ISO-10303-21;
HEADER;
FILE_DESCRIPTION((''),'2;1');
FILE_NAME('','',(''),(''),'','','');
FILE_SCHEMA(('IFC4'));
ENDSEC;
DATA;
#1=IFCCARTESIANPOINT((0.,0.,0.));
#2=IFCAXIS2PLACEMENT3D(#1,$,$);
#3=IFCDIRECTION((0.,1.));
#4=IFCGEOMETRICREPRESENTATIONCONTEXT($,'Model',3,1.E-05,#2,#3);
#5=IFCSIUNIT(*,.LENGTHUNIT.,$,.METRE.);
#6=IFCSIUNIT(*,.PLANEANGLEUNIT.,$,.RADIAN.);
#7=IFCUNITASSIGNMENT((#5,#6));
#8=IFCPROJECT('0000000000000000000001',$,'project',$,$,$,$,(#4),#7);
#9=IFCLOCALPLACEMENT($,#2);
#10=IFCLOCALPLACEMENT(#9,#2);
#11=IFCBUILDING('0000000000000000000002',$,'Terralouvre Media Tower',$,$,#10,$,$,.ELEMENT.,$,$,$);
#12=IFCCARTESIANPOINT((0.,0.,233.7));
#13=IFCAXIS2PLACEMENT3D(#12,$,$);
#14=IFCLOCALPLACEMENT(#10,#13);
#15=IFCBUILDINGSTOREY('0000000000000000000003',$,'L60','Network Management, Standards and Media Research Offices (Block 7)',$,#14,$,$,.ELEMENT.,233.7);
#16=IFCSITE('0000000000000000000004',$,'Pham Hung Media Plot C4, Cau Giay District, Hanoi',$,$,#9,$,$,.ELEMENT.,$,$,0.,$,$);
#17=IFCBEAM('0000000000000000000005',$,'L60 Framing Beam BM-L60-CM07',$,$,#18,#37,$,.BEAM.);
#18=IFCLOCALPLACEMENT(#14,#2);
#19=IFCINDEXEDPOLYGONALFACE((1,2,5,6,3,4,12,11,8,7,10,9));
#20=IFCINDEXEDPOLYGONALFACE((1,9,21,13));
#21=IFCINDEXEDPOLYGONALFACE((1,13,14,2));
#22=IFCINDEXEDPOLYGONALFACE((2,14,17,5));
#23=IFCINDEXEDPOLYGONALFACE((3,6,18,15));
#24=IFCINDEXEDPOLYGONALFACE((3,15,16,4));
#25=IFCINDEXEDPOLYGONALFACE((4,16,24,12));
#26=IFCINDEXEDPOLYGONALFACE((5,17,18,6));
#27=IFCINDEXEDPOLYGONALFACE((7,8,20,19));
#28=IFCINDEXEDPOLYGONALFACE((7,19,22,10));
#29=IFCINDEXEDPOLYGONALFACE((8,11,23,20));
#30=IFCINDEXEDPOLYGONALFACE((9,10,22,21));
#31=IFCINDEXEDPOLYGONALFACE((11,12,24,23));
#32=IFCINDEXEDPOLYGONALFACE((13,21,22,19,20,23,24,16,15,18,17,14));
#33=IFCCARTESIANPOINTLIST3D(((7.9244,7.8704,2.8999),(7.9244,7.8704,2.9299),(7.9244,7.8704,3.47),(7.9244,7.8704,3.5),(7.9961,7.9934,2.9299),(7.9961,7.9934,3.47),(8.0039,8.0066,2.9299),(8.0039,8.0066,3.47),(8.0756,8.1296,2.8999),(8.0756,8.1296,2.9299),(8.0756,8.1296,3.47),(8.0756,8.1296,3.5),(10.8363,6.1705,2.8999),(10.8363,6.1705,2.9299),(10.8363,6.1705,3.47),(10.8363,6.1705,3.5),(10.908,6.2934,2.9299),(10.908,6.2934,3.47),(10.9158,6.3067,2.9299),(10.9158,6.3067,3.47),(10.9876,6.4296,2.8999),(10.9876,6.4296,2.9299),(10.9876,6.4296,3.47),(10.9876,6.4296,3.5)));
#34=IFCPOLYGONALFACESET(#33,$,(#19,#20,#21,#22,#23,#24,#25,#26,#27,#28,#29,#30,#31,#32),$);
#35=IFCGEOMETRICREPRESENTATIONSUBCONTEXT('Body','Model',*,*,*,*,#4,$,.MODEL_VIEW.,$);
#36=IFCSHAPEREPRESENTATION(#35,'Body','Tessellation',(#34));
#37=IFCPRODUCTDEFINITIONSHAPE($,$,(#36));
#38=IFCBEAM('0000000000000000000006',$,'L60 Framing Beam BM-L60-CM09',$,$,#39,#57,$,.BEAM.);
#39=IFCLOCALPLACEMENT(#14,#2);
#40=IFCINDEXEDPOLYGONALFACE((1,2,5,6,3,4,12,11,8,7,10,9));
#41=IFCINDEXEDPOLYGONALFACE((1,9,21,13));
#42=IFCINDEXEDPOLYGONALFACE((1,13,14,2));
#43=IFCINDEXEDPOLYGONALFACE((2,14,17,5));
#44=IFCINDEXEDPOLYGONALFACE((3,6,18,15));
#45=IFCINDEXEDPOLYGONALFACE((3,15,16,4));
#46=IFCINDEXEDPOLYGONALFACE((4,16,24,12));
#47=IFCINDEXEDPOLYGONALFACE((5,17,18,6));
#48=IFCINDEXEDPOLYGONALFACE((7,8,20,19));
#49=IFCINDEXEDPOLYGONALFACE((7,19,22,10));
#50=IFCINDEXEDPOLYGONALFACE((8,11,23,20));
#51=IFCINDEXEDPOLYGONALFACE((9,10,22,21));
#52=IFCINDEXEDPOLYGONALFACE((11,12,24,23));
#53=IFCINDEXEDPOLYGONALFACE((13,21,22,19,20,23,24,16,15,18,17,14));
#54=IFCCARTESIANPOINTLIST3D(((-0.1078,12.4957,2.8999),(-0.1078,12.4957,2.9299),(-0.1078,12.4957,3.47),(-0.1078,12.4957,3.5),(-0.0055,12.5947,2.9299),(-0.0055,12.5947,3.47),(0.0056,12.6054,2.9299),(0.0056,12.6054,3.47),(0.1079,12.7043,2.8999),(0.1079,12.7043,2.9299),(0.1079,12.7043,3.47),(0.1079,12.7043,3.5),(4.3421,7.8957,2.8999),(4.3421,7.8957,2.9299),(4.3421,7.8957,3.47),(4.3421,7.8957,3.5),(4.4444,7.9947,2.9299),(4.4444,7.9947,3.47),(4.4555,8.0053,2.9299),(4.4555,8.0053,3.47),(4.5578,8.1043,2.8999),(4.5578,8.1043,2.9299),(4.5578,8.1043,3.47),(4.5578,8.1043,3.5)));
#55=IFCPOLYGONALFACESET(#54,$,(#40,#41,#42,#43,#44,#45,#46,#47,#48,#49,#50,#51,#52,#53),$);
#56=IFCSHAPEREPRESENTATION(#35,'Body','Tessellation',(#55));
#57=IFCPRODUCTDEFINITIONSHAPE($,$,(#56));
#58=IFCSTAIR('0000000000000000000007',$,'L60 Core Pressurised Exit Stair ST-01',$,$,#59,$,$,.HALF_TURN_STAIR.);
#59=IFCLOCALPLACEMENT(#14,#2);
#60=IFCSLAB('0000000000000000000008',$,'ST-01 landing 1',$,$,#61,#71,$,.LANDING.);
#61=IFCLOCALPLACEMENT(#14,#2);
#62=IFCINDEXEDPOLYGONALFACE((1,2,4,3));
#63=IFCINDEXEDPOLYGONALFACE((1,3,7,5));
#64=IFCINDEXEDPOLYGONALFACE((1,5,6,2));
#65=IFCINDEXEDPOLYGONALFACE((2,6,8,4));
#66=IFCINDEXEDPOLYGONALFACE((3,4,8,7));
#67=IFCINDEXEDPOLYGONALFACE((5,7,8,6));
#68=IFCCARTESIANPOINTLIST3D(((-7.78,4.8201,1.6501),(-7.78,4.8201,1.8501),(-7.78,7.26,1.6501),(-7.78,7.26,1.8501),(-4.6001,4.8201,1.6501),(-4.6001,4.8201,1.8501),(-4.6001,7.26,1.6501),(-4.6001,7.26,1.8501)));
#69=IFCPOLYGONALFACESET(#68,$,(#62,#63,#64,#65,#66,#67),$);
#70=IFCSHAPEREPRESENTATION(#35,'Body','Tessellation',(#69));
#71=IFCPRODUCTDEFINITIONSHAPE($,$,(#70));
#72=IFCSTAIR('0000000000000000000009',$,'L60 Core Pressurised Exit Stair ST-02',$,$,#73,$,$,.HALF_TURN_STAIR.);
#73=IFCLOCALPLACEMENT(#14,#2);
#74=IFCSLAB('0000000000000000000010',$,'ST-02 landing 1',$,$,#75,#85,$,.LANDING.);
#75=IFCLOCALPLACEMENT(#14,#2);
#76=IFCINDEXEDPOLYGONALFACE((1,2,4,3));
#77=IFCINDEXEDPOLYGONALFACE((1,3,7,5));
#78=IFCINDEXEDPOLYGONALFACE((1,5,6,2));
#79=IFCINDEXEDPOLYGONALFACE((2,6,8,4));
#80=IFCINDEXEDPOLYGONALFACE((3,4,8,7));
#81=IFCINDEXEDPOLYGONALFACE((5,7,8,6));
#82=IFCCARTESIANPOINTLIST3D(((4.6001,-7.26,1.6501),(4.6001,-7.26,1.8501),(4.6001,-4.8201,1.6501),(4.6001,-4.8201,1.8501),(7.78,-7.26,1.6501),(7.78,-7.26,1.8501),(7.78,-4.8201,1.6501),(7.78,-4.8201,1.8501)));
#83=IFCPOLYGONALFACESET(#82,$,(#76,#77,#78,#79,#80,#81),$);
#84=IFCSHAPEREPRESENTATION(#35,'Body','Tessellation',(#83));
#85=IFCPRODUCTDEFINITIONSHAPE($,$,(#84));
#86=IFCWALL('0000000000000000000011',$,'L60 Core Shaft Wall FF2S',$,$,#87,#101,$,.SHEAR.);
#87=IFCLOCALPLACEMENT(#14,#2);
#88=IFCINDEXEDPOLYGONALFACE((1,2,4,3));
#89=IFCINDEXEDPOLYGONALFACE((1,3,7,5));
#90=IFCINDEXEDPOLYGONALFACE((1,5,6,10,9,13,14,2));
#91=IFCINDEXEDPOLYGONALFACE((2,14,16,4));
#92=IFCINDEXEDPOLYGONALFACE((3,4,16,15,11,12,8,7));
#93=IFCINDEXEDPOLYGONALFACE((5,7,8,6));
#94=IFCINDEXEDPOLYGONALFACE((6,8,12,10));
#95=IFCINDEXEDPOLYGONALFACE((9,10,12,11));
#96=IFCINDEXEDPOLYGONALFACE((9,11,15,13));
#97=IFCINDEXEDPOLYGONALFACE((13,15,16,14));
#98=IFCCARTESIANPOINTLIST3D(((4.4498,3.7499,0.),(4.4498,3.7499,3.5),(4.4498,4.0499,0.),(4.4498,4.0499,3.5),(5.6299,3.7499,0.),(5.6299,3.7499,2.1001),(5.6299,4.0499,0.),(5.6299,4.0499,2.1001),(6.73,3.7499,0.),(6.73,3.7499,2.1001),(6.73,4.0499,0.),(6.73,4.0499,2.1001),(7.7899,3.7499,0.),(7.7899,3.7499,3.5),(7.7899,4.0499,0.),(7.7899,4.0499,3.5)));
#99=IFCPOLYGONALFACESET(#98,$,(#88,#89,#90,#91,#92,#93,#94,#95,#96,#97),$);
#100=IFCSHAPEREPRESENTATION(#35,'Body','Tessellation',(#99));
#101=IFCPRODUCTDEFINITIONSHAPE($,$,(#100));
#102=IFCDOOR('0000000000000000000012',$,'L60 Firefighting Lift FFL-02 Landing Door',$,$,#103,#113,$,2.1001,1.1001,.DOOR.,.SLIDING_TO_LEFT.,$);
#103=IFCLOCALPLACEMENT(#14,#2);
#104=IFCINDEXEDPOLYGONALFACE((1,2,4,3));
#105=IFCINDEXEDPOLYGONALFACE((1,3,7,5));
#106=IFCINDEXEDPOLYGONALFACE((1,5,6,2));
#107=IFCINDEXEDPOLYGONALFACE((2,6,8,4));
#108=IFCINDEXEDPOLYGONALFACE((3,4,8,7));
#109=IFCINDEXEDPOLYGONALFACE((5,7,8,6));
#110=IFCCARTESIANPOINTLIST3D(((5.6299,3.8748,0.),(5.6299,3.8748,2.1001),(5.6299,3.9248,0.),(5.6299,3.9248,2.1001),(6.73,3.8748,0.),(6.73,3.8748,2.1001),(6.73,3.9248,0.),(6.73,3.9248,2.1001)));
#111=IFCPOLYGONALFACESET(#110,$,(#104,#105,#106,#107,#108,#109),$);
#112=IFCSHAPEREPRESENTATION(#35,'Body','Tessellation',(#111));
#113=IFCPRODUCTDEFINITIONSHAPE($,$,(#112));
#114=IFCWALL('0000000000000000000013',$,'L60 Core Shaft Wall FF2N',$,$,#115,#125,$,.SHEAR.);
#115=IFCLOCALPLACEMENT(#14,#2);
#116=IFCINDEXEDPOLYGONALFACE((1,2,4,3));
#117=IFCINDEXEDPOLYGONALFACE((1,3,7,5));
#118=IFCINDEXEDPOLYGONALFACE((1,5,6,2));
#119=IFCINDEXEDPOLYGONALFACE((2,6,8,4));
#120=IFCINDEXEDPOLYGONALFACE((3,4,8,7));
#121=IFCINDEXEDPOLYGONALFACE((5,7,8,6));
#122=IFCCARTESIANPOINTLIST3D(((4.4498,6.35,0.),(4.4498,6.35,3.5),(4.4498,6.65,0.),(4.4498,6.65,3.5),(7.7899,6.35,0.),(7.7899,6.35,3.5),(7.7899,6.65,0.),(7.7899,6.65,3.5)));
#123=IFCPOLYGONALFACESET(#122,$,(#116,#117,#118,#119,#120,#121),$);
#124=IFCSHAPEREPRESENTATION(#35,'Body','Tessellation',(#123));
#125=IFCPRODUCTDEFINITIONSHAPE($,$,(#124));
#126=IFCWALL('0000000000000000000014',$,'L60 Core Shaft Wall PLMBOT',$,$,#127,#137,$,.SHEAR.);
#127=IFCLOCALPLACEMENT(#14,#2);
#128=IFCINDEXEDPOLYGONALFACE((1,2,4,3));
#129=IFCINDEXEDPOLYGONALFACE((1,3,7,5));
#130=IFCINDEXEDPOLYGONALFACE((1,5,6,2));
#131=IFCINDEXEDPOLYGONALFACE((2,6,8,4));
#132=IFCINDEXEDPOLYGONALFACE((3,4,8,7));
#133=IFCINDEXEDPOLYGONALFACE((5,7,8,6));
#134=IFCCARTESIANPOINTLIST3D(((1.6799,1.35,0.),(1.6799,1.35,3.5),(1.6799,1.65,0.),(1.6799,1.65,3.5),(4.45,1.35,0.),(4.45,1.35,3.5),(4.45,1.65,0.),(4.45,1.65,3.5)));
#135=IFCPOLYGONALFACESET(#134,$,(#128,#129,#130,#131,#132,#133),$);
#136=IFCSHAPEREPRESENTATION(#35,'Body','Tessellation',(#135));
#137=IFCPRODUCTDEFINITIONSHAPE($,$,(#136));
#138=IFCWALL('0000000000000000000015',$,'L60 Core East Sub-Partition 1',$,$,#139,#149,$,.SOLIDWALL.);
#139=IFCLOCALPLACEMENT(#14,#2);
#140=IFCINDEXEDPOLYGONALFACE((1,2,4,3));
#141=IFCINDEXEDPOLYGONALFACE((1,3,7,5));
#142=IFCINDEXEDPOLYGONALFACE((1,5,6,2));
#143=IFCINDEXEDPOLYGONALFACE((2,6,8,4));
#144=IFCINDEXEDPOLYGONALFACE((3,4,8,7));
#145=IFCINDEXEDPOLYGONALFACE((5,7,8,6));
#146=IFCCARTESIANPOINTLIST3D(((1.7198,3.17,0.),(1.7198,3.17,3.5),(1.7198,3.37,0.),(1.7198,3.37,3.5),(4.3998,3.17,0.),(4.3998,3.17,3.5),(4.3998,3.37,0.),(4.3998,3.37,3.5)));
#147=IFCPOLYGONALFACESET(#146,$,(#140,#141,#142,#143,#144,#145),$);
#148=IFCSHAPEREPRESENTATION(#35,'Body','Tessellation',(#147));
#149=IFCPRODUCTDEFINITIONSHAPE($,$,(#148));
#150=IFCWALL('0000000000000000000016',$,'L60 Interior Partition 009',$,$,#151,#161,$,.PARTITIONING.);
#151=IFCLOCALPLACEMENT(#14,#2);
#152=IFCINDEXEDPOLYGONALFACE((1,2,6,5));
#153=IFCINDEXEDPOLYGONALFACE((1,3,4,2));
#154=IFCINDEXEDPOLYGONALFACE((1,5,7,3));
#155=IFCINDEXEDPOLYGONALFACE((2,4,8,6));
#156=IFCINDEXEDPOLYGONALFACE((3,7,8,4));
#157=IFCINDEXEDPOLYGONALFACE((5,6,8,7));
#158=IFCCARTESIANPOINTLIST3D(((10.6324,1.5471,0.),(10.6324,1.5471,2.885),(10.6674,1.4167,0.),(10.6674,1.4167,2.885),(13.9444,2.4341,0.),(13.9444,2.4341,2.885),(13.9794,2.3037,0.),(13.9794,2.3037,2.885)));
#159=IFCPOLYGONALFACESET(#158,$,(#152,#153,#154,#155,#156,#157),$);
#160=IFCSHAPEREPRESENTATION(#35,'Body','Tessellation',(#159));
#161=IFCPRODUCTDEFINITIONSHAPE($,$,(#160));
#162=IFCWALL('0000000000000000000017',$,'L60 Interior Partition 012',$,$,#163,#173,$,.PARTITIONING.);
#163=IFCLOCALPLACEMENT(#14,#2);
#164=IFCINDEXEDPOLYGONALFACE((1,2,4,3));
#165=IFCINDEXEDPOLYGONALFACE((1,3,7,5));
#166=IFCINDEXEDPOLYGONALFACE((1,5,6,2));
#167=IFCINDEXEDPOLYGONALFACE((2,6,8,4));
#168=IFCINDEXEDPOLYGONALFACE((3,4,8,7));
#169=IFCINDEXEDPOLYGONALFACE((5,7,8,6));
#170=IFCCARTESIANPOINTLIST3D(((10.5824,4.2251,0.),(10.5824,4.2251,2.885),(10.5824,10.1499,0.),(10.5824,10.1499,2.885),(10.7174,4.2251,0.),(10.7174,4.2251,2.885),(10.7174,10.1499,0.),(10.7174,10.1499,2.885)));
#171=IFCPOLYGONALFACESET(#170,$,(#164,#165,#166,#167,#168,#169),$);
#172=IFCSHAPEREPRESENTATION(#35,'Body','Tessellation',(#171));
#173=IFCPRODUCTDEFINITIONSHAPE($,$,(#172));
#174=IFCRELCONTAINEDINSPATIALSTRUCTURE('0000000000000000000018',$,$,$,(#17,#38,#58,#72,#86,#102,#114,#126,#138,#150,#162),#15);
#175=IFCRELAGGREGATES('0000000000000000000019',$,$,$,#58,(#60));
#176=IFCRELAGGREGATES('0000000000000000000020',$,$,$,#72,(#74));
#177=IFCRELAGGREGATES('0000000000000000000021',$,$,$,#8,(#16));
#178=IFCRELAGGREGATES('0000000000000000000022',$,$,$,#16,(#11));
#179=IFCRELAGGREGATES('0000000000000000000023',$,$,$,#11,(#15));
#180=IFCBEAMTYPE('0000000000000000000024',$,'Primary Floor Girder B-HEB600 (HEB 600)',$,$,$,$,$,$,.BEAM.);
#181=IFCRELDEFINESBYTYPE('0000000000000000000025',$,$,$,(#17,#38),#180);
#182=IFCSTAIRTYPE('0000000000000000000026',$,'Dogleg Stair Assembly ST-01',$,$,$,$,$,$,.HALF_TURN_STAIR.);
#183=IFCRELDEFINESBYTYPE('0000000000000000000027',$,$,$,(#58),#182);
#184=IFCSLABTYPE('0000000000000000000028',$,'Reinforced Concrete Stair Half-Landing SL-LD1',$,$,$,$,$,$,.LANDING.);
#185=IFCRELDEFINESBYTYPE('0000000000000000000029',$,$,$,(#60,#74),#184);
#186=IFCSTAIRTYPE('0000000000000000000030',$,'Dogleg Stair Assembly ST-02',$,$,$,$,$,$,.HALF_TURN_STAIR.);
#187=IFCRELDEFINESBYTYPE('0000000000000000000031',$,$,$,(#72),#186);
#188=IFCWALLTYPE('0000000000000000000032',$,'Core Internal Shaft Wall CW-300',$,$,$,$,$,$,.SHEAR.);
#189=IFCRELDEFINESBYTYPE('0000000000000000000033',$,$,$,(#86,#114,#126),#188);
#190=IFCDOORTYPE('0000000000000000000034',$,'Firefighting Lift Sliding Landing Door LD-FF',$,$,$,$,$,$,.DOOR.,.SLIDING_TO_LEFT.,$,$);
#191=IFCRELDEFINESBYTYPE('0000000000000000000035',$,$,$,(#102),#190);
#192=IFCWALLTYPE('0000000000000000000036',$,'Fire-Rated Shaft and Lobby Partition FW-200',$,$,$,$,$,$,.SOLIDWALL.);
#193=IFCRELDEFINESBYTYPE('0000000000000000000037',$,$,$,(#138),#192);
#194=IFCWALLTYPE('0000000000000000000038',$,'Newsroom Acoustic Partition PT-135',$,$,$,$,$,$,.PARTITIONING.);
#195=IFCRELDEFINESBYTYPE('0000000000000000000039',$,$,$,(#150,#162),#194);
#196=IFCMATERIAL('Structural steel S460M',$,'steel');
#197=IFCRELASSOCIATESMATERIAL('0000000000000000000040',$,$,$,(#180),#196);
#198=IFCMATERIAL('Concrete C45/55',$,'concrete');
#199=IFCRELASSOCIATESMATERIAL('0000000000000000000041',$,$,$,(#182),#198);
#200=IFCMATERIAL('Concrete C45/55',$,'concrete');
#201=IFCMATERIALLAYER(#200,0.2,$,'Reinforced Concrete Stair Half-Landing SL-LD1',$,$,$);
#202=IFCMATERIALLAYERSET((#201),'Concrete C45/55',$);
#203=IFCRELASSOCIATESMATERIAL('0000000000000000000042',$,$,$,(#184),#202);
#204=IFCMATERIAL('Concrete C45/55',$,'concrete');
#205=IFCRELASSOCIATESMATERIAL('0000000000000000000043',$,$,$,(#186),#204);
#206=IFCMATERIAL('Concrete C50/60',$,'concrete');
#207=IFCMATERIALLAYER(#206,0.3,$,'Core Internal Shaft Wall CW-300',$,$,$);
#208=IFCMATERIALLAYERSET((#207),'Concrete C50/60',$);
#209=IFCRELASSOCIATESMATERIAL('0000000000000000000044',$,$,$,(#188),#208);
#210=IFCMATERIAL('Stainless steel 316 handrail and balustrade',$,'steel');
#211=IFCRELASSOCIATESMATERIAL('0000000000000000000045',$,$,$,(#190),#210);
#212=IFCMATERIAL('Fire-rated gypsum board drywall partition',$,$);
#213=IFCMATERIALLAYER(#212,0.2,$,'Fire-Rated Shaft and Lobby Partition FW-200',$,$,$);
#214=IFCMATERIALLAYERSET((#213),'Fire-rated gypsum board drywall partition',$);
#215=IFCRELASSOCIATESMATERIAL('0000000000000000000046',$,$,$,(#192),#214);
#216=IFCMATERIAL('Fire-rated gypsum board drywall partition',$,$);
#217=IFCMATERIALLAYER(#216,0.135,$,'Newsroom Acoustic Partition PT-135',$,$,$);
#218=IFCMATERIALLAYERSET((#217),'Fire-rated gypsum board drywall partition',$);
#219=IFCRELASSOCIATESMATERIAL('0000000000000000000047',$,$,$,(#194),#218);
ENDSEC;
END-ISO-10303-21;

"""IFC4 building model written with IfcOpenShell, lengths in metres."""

from ifc_helpers import new_model, si_unit, direction, frame, frame_2d, origin, origin_2d, place, context, subcontext, project, spatial, polyline, rectangle, i_section, outline, extrude, material, layer, layer_set, material_profile, profile_set, type_object, element, fill, aggregate, save


model = new_model("IFC4")

# Units and contexts
model_context = context("Model", 3, precision=1e-05, world=origin(), true_north=direction((0.0, 1.0)))
body_context = subcontext(model_context, "Body", "Model", "MODEL_VIEW")
ifc_project = project(units=[si_unit("LENGTHUNIT", "METRE"), si_unit("PLANEANGLEUNIT", "RADIAN")], contexts=[model_context])

# Site, building, storey
site_placement = place(None, origin())
site = spatial("IfcSite", under=ifc_project, at=site_placement, Name="Pham Hung Media Plot C4, Cau Giay District, Hanoi", CompositionType="ELEMENT", RefElevation=0.0)
building_placement = place(site_placement, origin())
building = spatial("IfcBuilding", under=site, at=building_placement, Name="Terralouvre Media Tower", CompositionType="ELEMENT")
storey_placement = place(building_placement, frame((0.0, 0.0, 233.7)))
storey = spatial("IfcBuildingStorey", under=building, at=storey_placement, Name="L60", Description="Network Management, Standards and Media Research Offices (Block 7)", CompositionType="ELEMENT", Elevation=233.7)

# Beams
ifc_material_1 = material(Name="Structural steel S460M", Category="steel")
ifc_material_profile_1 = material_profile(ifc_material_1, i_section(OverallWidth=0.3, OverallDepth=0.6001, WebThickness=0.0154, FlangeThickness=0.03, at=origin_2d()), Name="HEB 600")
ifc_profile_set_1 = profile_set([ifc_material_profile_1], Name="Structural steel S460M")
beam_type_1 = type_object("IfcBeamType", Name="Primary Floor Girder B-HEB600 (HEB 600)", PredefinedType="BEAM", material=ifc_profile_set_1)
beam_1_placement = place(storey_placement, frame((8.0, 8.0, 3.2), z_axis=(0.863603, -0.504173, 0.0), x_axis=(0.504173, 0.863603, 0.0)))
element("IfcBeam", 1, at=beam_1_placement, inside=storey, type_object=beam_type_1, Name="L60 Framing Beam BM-L60-CM07", PredefinedType="BEAM", context=body_context, shape_type="SweptSolid", body=[
    extrude(i_section(OverallWidth=0.3, OverallDepth=0.6001, WebThickness=0.0154, FlangeThickness=0.03, at=origin_2d()), origin(), (0.0, 0.0, 1.0), 3.3718),
])
beam_2_placement = place(storey_placement, frame((4.45, 8.0, 3.2), z_axis=(-0.69528, 0.718739, 0.0), x_axis=(-0.718739, -0.69528, 0.0)))
element("IfcBeam", 2, at=beam_2_placement, inside=storey, type_object=beam_type_1, Name="L60 Framing Beam BM-L60-CM09", PredefinedType="BEAM", context=body_context, shape_type="SweptSolid", body=[
    extrude(i_section(OverallWidth=0.3, OverallDepth=0.6001, WebThickness=0.0154, FlangeThickness=0.03, at=origin_2d()), origin(), (0.0, 0.0, 1.0), 6.4001),
])

# Stairs, slabs
ifc_material_2 = material(Name="Concrete C45/55", Category="concrete")
stair_type_1 = type_object("IfcStairType", Name="Dogleg Stair Assembly ST-01", PredefinedType="HALF_TURN_STAIR", material=ifc_material_2)
stair_1_placement = place(storey_placement, origin())
stair_1 = element("IfcStair", 3, at=stair_1_placement, inside=storey, type_object=stair_type_1, Name="L60 Core Pressurised Exit Stair ST-01", PredefinedType="HALF_TURN_STAIR")
ifc_material_3 = material(Name="Concrete C45/55", Category="concrete")
ifc_layer_1 = layer(ifc_material_3, 0.2, Name="Reinforced Concrete Stair Half-Landing SL-LD1")
ifc_layer_set_1 = layer_set([ifc_layer_1], Name="Concrete C45/55")
slab_type = type_object("IfcSlabType", Name="Reinforced Concrete Stair Half-Landing SL-LD1", PredefinedType="LANDING", material=ifc_layer_set_1)
slab_1_placement = place(storey_placement, frame((0.0, 0.0, 1.6501)))
slab_1 = element("IfcSlab", 4, at=slab_1_placement, type_object=slab_type, Name="ST-01 landing 1", PredefinedType="LANDING", context=body_context, shape_type="SweptSolid", body=[
    extrude(outline(polyline([(-4.6001, 4.8201), (-4.6001, 7.26), (-7.78, 7.26), (-7.78, 4.8201), (-4.6001, 4.8201)])), origin(), (0.0, 0.0, 1.0), 0.2),
])
aggregate(stair_1, [slab_1])
ifc_material_4 = material(Name="Concrete C45/55", Category="concrete")
stair_type_2 = type_object("IfcStairType", Name="Dogleg Stair Assembly ST-02", PredefinedType="HALF_TURN_STAIR", material=ifc_material_4)
stair_2_placement = place(storey_placement, origin())
stair_2 = element("IfcStair", 5, at=stair_2_placement, inside=storey, type_object=stair_type_2, Name="L60 Core Pressurised Exit Stair ST-02", PredefinedType="HALF_TURN_STAIR")
slab_2_placement = place(storey_placement, frame((0.0, 0.0, 1.6501)))
slab_2 = element("IfcSlab", 6, at=slab_2_placement, type_object=slab_type, Name="ST-02 landing 1", PredefinedType="LANDING", context=body_context, shape_type="SweptSolid", body=[
    extrude(outline(polyline([(4.6001, -4.8201), (4.6001, -7.26), (7.78, -7.26), (7.78, -4.8201), (4.6001, -4.8201)])), origin(), (0.0, 0.0, 1.0), 0.2),
])
aggregate(stair_2, [slab_2])

# Wall, opening, door
ifc_material_5 = material(Name="Concrete C50/60", Category="concrete")
ifc_layer_2 = layer(ifc_material_5, 0.3, Name="Core Internal Shaft Wall CW-300")
ifc_layer_set_2 = layer_set([ifc_layer_2], Name="Concrete C50/60")
wall_type_1 = type_object("IfcWallType", Name="Core Internal Shaft Wall CW-300", PredefinedType="SHEAR", material=ifc_layer_set_2)
wall_1_placement = place(storey_placement, frame((4.45, 3.8999, 0.0), z_axis=(0.0, 0.0, 1.0), x_axis=(1.0, 0.0, 0.0)))
wall_1 = element("IfcWall", 7, at=wall_1_placement, inside=storey, type_object=wall_type_1, Name="L60 Core Shaft Wall FF2S", PredefinedType="SHEAR", context=body_context, shape_type="SweptSolid", body=[
    extrude(rectangle(XDim=3.3401, YDim=0.3, at=frame_2d((1.6699, 0.0))), origin(), (0.0, 0.0, 1.0), 3.5),
])
opening_placement = place(wall_1_placement, frame((1.1799, 0.0, 0.0)))
opening = element("IfcOpeningElement", 8, at=opening_placement, cuts=wall_1, PredefinedType="OPENING", context=body_context, shape_type="SweptSolid", body=[
    extrude(rectangle(XDim=1.1001, YDim=2.1001, at=frame_2d((0.55, 1.05))), frame((0.0, 0.1599, 0.0), z_axis=(0.0, -1.0, 0.0), x_axis=(1.0, 0.0, 0.0)), (0.0, 0.0, 1.0), 0.3201),
])
ifc_material_6 = material(Name="Stainless steel 316 handrail and balustrade", Category="steel")
door_type = type_object("IfcDoorType", Name="Firefighting Lift Sliding Landing Door LD-FF", OperationType="SLIDING_TO_LEFT", PredefinedType="DOOR", material=ifc_material_6)
door_placement = place(opening_placement, origin())
door = element("IfcDoor", 9, at=door_placement, inside=storey, type_object=door_type, Name="L60 Firefighting Lift FFL-02 Landing Door", OperationType="SLIDING_TO_LEFT", OverallHeight=2.1001, OverallWidth=1.1001, PredefinedType="DOOR", context=body_context, shape_type="SweptSolid", body=[
    extrude(rectangle(XDim=1.1001, YDim=2.1001, at=frame_2d((0.55, 1.05))), frame((0.0, 0.0249, 0.0), z_axis=(0.0, -1.0, 0.0), x_axis=(1.0, 0.0, 0.0)), (0.0, 0.0, 1.0), 0.05),
])
fill(opening, door)

# Walls
wall_2_placement = place(storey_placement, frame((4.45, 6.5, 0.0), z_axis=(0.0, 0.0, 1.0), x_axis=(1.0, 0.0, 0.0)))
element("IfcWall", 10, at=wall_2_placement, inside=storey, type_object=wall_type_1, Name="L60 Core Shaft Wall FF2N", PredefinedType="SHEAR", context=body_context, shape_type="SweptSolid", body=[
    extrude(rectangle(XDim=3.3401, YDim=0.3, at=frame_2d((1.6699, 0.0))), origin(), (0.0, 0.0, 1.0), 3.5),
])
wall_3_placement = place(storey_placement, frame((1.6799, 1.5, 0.0), z_axis=(0.0, 0.0, 1.0), x_axis=(1.0, 0.0, 0.0)))
element("IfcWall", 11, at=wall_3_placement, inside=storey, type_object=wall_type_1, Name="L60 Core Shaft Wall PLMBOT", PredefinedType="SHEAR", context=body_context, shape_type="SweptSolid", body=[
    extrude(rectangle(XDim=2.77, YDim=0.3, at=frame_2d((1.385, 0.0))), origin(), (0.0, 0.0, 1.0), 3.5),
])
ifc_material_7 = material(Name="Fire-rated gypsum board drywall partition")
ifc_layer_3 = layer(ifc_material_7, 0.2, Name="Fire-Rated Shaft and Lobby Partition FW-200")
ifc_layer_set_3 = layer_set([ifc_layer_3], Name="Fire-rated gypsum board drywall partition")
wall_type_2 = type_object("IfcWallType", Name="Fire-Rated Shaft and Lobby Partition FW-200", PredefinedType="SOLIDWALL", material=ifc_layer_set_3)
wall_4_placement = place(storey_placement, frame((1.72, 3.27, 0.0), z_axis=(0.0, 0.0, 1.0), x_axis=(1.0, 0.0, 0.0)))
element("IfcWall", 12, at=wall_4_placement, inside=storey, type_object=wall_type_2, Name="L60 Core East Sub-Partition 1", PredefinedType="SOLIDWALL", context=body_context, shape_type="SweptSolid", body=[
    extrude(rectangle(XDim=2.6799, YDim=0.2, at=frame_2d((1.3398, 0.0))), origin(), (0.0, 0.0, 1.0), 3.5),
])
ifc_material_8 = material(Name="Fire-rated gypsum board drywall partition")
ifc_layer_4 = layer(ifc_material_8, 0.135, Name="Newsroom Acoustic Partition PT-135")
ifc_layer_set_4 = layer_set([ifc_layer_4], Name="Fire-rated gypsum board drywall partition")
wall_type_3 = type_object("IfcWallType", Name="Newsroom Acoustic Partition PT-135", PredefinedType="PARTITIONING", material=ifc_layer_set_4)
wall_5_placement = place(storey_placement, frame((10.6499, 1.4819, 0.0), z_axis=(0.0, 0.0, 1.0), x_axis=(0.965961, 0.258686, 0.0)))
element("IfcWall", 13, at=wall_5_placement, inside=storey, type_object=wall_type_3, Name="L60 Interior Partition 009", PredefinedType="PARTITIONING", context=body_context, shape_type="SweptSolid", body=[
    extrude(rectangle(XDim=3.4287, YDim=0.135, at=frame_2d((1.7144, 0.0))), origin(), (0.0, 0.0, 1.0), 2.885),
])
wall_6_placement = place(storey_placement, frame((10.6499, 4.2251, 0.0), z_axis=(0.0, 0.0, 1.0), x_axis=(0.0, 1.0, 0.0)))
element("IfcWall", 14, at=wall_6_placement, inside=storey, type_object=wall_type_3, Name="L60 Interior Partition 012", PredefinedType="PARTITIONING", context=body_context, shape_type="SweptSolid", body=[
    extrude(rectangle(XDim=5.9248, YDim=0.135, at=frame_2d((2.9624, 0.0))), origin(), (0.0, 0.0, 1.0), 2.885),
])

save(model, "model.ifc")
